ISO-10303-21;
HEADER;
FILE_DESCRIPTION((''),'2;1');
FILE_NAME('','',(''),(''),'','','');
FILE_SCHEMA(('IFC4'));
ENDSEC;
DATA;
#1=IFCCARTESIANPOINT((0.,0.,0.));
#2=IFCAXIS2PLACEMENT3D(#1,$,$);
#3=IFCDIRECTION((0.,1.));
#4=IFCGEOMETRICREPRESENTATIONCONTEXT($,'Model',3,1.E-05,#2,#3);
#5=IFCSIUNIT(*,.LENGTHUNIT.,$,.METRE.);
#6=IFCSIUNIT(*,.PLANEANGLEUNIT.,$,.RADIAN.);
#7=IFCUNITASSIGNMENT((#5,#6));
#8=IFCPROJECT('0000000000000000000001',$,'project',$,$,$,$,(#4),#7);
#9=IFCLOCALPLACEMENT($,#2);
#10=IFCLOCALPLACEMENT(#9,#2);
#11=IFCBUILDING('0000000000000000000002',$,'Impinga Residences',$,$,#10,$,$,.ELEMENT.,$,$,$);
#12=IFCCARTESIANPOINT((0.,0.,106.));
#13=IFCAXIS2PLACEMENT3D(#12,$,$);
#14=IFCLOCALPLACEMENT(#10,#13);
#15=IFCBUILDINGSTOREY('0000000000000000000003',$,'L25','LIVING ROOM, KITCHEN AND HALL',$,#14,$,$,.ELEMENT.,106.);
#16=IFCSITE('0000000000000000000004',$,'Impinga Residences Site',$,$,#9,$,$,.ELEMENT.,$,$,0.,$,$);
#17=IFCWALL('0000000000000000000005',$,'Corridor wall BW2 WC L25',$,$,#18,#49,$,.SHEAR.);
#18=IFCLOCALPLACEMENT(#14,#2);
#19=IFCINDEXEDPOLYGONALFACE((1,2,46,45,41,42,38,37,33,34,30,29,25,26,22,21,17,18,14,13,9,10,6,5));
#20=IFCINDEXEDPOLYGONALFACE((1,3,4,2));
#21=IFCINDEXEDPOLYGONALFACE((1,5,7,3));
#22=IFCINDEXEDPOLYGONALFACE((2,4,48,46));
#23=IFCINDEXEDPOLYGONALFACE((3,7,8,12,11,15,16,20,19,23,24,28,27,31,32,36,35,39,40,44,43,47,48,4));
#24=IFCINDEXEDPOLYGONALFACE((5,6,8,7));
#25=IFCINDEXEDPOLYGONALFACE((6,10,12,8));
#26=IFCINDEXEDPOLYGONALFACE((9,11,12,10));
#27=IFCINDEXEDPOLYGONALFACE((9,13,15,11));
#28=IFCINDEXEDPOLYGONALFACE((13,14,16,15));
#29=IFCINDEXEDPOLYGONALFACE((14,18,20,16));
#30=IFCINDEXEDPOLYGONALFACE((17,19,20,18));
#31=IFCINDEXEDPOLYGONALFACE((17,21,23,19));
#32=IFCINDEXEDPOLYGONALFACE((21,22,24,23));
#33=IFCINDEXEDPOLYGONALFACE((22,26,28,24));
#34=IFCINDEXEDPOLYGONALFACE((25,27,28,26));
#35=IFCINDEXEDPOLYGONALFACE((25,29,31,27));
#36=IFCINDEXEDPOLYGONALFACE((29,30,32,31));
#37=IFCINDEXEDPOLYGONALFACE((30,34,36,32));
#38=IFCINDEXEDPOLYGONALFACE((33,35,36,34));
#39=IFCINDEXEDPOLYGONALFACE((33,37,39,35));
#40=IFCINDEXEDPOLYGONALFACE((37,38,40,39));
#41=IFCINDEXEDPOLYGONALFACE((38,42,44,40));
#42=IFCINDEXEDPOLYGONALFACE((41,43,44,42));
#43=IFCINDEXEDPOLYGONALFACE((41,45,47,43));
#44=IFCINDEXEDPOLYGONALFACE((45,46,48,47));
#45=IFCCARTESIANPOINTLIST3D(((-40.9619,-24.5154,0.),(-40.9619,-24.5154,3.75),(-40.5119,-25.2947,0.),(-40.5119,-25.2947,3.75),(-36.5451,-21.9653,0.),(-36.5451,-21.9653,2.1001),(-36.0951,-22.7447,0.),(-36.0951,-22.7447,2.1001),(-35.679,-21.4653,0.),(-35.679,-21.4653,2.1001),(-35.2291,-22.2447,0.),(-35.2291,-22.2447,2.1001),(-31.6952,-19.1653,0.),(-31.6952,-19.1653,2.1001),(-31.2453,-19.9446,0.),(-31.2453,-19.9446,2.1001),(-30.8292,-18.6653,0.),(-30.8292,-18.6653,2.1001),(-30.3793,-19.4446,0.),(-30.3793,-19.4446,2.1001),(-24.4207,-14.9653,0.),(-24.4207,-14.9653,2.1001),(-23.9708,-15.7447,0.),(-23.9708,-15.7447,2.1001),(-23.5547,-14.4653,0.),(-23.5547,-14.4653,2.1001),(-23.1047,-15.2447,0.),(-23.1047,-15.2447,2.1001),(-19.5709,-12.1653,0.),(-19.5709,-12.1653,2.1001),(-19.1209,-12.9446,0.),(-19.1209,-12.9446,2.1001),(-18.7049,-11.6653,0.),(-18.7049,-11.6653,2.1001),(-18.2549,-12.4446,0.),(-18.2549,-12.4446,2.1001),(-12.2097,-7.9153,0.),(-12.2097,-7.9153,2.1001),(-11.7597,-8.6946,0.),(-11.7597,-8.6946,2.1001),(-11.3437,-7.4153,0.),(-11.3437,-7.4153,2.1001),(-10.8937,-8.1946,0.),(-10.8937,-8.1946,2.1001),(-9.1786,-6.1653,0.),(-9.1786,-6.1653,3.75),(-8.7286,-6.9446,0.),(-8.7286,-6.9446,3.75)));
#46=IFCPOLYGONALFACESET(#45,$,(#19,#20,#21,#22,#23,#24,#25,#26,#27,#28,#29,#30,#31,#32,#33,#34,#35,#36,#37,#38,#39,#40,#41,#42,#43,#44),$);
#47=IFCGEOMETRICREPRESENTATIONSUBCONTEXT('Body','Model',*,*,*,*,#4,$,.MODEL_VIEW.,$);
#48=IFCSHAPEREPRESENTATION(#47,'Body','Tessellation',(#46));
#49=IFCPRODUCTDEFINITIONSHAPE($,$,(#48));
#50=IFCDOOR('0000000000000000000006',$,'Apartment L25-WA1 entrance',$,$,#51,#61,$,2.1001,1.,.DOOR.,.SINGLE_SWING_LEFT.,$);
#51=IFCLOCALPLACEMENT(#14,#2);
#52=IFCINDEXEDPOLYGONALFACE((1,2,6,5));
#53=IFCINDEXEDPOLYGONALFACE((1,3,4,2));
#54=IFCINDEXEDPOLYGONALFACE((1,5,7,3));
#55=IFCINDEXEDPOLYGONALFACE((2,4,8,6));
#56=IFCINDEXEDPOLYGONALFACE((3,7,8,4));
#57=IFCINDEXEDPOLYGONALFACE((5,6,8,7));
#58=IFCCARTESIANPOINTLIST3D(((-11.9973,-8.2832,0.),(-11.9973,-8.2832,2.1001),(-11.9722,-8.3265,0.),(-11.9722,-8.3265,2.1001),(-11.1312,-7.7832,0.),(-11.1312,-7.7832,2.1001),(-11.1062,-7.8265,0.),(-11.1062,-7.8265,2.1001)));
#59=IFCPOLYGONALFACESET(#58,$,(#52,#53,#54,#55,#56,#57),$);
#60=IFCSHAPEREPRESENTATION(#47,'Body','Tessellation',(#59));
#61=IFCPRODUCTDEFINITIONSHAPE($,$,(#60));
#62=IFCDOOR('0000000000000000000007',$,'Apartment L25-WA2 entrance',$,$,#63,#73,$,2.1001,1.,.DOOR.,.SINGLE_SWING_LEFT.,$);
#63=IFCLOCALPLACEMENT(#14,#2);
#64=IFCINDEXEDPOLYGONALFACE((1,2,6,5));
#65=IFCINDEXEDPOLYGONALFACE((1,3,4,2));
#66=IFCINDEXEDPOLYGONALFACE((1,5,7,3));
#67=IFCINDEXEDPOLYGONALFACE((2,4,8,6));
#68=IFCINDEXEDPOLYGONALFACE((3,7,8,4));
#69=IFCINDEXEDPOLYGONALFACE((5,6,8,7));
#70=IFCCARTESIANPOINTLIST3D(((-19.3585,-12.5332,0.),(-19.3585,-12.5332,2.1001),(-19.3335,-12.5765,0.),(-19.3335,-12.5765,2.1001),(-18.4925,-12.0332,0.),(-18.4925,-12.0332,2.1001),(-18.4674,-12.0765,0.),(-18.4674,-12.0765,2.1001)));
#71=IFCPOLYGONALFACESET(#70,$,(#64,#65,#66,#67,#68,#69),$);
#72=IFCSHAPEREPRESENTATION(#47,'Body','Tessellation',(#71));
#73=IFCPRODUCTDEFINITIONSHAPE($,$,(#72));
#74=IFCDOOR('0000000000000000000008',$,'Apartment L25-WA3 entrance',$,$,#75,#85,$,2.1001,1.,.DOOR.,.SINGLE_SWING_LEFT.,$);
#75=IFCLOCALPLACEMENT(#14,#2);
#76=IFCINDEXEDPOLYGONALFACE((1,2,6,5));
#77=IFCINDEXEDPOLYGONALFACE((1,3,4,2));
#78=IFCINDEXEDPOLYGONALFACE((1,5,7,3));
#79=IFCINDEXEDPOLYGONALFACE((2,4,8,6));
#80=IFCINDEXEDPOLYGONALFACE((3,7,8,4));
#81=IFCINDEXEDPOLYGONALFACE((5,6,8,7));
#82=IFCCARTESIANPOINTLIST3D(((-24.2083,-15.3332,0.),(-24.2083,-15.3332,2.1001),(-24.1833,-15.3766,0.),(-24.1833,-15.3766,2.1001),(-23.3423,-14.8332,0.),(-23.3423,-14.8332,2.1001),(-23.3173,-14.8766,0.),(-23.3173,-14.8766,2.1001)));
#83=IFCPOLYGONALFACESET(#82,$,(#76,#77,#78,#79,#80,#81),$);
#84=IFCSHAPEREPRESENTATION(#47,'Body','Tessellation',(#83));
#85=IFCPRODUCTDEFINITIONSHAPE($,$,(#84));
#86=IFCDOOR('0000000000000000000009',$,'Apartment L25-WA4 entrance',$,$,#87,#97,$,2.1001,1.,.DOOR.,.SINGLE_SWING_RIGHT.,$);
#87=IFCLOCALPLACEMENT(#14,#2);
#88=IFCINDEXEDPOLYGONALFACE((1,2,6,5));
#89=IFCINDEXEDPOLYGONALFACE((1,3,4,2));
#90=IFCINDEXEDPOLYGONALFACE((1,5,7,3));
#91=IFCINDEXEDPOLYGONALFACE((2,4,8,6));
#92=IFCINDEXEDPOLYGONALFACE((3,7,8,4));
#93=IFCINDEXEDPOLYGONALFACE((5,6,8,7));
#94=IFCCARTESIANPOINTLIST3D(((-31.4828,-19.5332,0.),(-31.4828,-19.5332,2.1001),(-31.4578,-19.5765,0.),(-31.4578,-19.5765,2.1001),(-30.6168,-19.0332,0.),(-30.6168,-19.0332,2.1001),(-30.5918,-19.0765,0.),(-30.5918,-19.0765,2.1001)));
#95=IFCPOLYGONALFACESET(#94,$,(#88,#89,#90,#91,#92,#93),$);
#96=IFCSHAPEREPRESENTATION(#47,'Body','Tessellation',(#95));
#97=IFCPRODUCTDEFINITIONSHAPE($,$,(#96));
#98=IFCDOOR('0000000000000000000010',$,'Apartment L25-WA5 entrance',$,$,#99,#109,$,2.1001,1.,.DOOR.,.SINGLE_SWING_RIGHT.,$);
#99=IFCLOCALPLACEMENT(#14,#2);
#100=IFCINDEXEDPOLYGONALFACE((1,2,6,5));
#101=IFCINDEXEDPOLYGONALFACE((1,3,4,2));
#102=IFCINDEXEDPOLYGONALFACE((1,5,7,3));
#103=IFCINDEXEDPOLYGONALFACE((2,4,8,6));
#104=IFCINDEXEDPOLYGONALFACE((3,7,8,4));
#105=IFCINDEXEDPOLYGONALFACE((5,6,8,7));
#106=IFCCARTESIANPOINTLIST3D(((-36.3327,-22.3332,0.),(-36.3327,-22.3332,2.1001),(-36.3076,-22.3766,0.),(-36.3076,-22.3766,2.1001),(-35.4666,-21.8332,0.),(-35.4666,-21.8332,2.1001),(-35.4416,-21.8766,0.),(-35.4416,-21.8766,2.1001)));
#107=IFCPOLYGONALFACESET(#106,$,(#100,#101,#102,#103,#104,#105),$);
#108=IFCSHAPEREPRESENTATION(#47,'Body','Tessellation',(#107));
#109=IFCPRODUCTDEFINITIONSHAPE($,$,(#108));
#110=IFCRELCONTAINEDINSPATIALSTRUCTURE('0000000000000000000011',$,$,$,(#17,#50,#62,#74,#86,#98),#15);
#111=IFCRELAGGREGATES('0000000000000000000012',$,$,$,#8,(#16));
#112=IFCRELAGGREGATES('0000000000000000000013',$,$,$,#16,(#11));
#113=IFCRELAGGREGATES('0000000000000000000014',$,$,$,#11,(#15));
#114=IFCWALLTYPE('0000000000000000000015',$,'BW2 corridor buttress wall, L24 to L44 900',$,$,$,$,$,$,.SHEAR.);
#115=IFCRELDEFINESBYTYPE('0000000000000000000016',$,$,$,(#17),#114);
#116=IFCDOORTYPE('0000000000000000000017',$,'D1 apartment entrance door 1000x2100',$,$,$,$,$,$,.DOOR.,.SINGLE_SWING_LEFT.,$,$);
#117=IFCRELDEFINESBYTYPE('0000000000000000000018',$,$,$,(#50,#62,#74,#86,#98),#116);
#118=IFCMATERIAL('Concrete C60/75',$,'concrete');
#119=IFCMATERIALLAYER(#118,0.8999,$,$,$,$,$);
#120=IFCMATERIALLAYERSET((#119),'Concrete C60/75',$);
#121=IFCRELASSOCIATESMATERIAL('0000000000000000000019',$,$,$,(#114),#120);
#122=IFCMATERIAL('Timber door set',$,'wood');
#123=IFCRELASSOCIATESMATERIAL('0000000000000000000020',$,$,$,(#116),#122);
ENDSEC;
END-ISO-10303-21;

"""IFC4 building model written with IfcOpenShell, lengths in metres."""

from ifc_helpers import new_model, si_unit, direction, frame, frame_2d, origin, place, context, subcontext, project, spatial, rectangle, extrude, material, layer, layer_set, type_object, element, fill, save


model = new_model("IFC4")

# Units and contexts
model_context = context("Model", 3, precision=1e-05, world=origin(), true_north=direction((0.0, 1.0)))
body_context = subcontext(model_context, "Body", "Model", "MODEL_VIEW")
ifc_project = project(units=[si_unit("LENGTHUNIT", "METRE"), si_unit("PLANEANGLEUNIT", "RADIAN")], contexts=[model_context])

# Site, building, storey
site_placement = place(None, origin())
site = spatial("IfcSite", under=ifc_project, at=site_placement, Name="Impinga Residences Site", CompositionType="ELEMENT", RefElevation=0.0)
building_placement = place(site_placement, origin())
building = spatial("IfcBuilding", under=site, at=building_placement, Name="Impinga Residences", CompositionType="ELEMENT")
storey_placement = place(building_placement, frame((0.0, 0.0, 106.0)))
storey = spatial("IfcBuildingStorey", under=building, at=storey_placement, Name="L25", Description="LIVING ROOM, KITCHEN AND HALL", CompositionType="ELEMENT", Elevation=106.0)

# Wall, openings, doors
ifc_material_1 = material(Name="Concrete C60/75", Category="concrete")
ifc_layer_1 = layer(ifc_material_1, 0.8999)
ifc_layer_set_1 = layer_set([ifc_layer_1], Name="Concrete C60/75")
wall_type_1 = type_object("IfcWallType", Name="BW2 corridor buttress wall, L24 to L44 900", PredefinedType="SHEAR", material=ifc_layer_set_1)
wall_1_placement = place(storey_placement, frame((-8.9536, -6.5549, 0.0), z_axis=(0.0, 0.0, 1.0), x_axis=(-0.866025, -0.500001, 0.0)))
wall_1 = element("IfcWall", 1, at=wall_1_placement, inside=storey, type_object=wall_type_1, Name="Corridor wall BW2 WC L25", PredefinedType="SHEAR", context=body_context, shape_type="SweptSolid", body=[
    extrude(rectangle(XDim=36.7002, YDim=0.8999, at=frame_2d((18.3501, 0.0))), origin(), (0.0, 0.0, 1.0), 3.75),
])
opening_1_placement = place(wall_1_placement, frame((2.5, 0.0, 0.0)))
opening_1 = element("IfcOpeningElement", 2, at=opening_1_placement, cuts=wall_1, PredefinedType="OPENING", context=body_context, shape_type="SweptSolid", body=[
    extrude(rectangle(XDim=1.0, YDim=2.1001, at=frame_2d((0.5, 1.05))), frame((0.0, 0.46, 0.0), z_axis=(0.0, -1.0, 0.0), x_axis=(1.0, 0.0, 0.0)), (0.0, 0.0, 1.0), 0.9199),
])
opening_2_placement = place(wall_1_placement, frame((11.0, 0.0, 0.0)))
opening_2 = element("IfcOpeningElement", 3, at=opening_2_placement, cuts=wall_1, PredefinedType="OPENING", context=body_context, shape_type="SweptSolid", body=[
    extrude(rectangle(XDim=1.0, YDim=2.1001, at=frame_2d((0.5, 1.05))), frame((0.0, 0.46, 0.0), z_axis=(0.0, -1.0, 0.0), x_axis=(1.0, 0.0, 0.0)), (0.0, 0.0, 1.0), 0.9199),
])
opening_3_placement = place(wall_1_placement, frame((16.6001, 0.0, 0.0)))
opening_3 = element("IfcOpeningElement", 4, at=opening_3_placement, cuts=wall_1, PredefinedType="OPENING", context=body_context, shape_type="SweptSolid", body=[
    extrude(rectangle(XDim=1.0, YDim=2.1001, at=frame_2d((0.5, 1.05))), frame((0.0, 0.46, 0.0), z_axis=(0.0, -1.0, 0.0), x_axis=(1.0, 0.0, 0.0)), (0.0, 0.0, 1.0), 0.9199),
])
opening_4_placement = place(wall_1_placement, frame((25.0, 0.0, 0.0)))
opening_4 = element("IfcOpeningElement", 5, at=opening_4_placement, cuts=wall_1, PredefinedType="OPENING", context=body_context, shape_type="SweptSolid", body=[
    extrude(rectangle(XDim=1.0, YDim=2.1001, at=frame_2d((0.5, 1.05))), frame((0.0, 0.46, 0.0), z_axis=(0.0, -1.0, 0.0), x_axis=(1.0, 0.0, 0.0)), (0.0, 0.0, 1.0), 0.9199),
])
opening_5_placement = place(wall_1_placement, frame((30.6001, 0.0, 0.0)))
opening_5 = element("IfcOpeningElement", 6, at=opening_5_placement, cuts=wall_1, PredefinedType="OPENING", context=body_context, shape_type="SweptSolid", body=[
    extrude(rectangle(XDim=1.0, YDim=2.1001, at=frame_2d((0.5, 1.05))), frame((0.0, 0.46, 0.0), z_axis=(0.0, -1.0, 0.0), x_axis=(1.0, 0.0, 0.0)), (0.0, 0.0, 1.0), 0.9199),
])
ifc_material_2 = material(Name="Timber door set", Category="wood")
door_type_1 = type_object("IfcDoorType", Name="D1 apartment entrance door 1000x2100", OperationType="SINGLE_SWING_LEFT", PredefinedType="DOOR", material=ifc_material_2)
door_1_placement = place(opening_1_placement, origin())
door_1 = element("IfcDoor", 7, at=door_1_placement, inside=storey, type_object=door_type_1, Name="Apartment L25-WA1 entrance", OperationType="SINGLE_SWING_LEFT", OverallHeight=2.1001, OverallWidth=1.0, PredefinedType="DOOR", context=body_context, shape_type="SweptSolid", body=[
    extrude(rectangle(XDim=1.0, YDim=2.1001, at=frame_2d((0.5, 1.05))), frame((0.0, 0.0249, 0.0), z_axis=(0.0, -1.0, 0.0), x_axis=(1.0, 0.0, 0.0)), (0.0, 0.0, 1.0), 0.05),
])
fill(opening_1, door_1)
door_2_placement = place(opening_2_placement, origin())
door_2 = element("IfcDoor", 8, at=door_2_placement, inside=storey, type_object=door_type_1, Name="Apartment L25-WA2 entrance", OperationType="SINGLE_SWING_LEFT", OverallHeight=2.1001, OverallWidth=1.0, PredefinedType="DOOR", context=body_context, shape_type="SweptSolid", body=[
    extrude(rectangle(XDim=1.0, YDim=2.1001, at=frame_2d((0.5, 1.05))), frame((0.0, 0.0249, 0.0), z_axis=(0.0, -1.0, 0.0), x_axis=(1.0, 0.0, 0.0)), (0.0, 0.0, 1.0), 0.05),
])
fill(opening_2, door_2)
door_3_placement = place(opening_3_placement, origin())
door_3 = element("IfcDoor", 9, at=door_3_placement, inside=storey, type_object=door_type_1, Name="Apartment L25-WA3 entrance", OperationType="SINGLE_SWING_LEFT", OverallHeight=2.1001, OverallWidth=1.0, PredefinedType="DOOR", context=body_context, shape_type="SweptSolid", body=[
    extrude(rectangle(XDim=1.0, YDim=2.1001, at=frame_2d((0.5, 1.05))), frame((0.0, 0.0249, 0.0), z_axis=(0.0, -1.0, 0.0), x_axis=(1.0, 0.0, 0.0)), (0.0, 0.0, 1.0), 0.05),
])
fill(opening_3, door_3)
door_4_placement = place(opening_4_placement, origin())
door_4 = element("IfcDoor", 10, at=door_4_placement, inside=storey, type_object=door_type_1, Name="Apartment L25-WA4 entrance", OperationType="SINGLE_SWING_RIGHT", OverallHeight=2.1001, OverallWidth=1.0, PredefinedType="DOOR", context=body_context, shape_type="SweptSolid", body=[
    extrude(rectangle(XDim=1.0, YDim=2.1001, at=frame_2d((0.5, 1.05))), frame((0.0, 0.0249, 0.0), z_axis=(0.0, -1.0, 0.0), x_axis=(1.0, 0.0, 0.0)), (0.0, 0.0, 1.0), 0.05),
])
fill(opening_4, door_4)
door_5_placement = place(opening_5_placement, origin())
door_5 = element("IfcDoor", 11, at=door_5_placement, inside=storey, type_object=door_type_1, Name="Apartment L25-WA5 entrance", OperationType="SINGLE_SWING_RIGHT", OverallHeight=2.1001, OverallWidth=1.0, PredefinedType="DOOR", context=body_context, shape_type="SweptSolid", body=[
    extrude(rectangle(XDim=1.0, YDim=2.1001, at=frame_2d((0.5, 1.05))), frame((0.0, 0.0249, 0.0), z_axis=(0.0, -1.0, 0.0), x_axis=(1.0, 0.0, 0.0)), (0.0, 0.0, 1.0), 0.05),
])
fill(opening_5, door_5)

save(model, "model.ifc")
